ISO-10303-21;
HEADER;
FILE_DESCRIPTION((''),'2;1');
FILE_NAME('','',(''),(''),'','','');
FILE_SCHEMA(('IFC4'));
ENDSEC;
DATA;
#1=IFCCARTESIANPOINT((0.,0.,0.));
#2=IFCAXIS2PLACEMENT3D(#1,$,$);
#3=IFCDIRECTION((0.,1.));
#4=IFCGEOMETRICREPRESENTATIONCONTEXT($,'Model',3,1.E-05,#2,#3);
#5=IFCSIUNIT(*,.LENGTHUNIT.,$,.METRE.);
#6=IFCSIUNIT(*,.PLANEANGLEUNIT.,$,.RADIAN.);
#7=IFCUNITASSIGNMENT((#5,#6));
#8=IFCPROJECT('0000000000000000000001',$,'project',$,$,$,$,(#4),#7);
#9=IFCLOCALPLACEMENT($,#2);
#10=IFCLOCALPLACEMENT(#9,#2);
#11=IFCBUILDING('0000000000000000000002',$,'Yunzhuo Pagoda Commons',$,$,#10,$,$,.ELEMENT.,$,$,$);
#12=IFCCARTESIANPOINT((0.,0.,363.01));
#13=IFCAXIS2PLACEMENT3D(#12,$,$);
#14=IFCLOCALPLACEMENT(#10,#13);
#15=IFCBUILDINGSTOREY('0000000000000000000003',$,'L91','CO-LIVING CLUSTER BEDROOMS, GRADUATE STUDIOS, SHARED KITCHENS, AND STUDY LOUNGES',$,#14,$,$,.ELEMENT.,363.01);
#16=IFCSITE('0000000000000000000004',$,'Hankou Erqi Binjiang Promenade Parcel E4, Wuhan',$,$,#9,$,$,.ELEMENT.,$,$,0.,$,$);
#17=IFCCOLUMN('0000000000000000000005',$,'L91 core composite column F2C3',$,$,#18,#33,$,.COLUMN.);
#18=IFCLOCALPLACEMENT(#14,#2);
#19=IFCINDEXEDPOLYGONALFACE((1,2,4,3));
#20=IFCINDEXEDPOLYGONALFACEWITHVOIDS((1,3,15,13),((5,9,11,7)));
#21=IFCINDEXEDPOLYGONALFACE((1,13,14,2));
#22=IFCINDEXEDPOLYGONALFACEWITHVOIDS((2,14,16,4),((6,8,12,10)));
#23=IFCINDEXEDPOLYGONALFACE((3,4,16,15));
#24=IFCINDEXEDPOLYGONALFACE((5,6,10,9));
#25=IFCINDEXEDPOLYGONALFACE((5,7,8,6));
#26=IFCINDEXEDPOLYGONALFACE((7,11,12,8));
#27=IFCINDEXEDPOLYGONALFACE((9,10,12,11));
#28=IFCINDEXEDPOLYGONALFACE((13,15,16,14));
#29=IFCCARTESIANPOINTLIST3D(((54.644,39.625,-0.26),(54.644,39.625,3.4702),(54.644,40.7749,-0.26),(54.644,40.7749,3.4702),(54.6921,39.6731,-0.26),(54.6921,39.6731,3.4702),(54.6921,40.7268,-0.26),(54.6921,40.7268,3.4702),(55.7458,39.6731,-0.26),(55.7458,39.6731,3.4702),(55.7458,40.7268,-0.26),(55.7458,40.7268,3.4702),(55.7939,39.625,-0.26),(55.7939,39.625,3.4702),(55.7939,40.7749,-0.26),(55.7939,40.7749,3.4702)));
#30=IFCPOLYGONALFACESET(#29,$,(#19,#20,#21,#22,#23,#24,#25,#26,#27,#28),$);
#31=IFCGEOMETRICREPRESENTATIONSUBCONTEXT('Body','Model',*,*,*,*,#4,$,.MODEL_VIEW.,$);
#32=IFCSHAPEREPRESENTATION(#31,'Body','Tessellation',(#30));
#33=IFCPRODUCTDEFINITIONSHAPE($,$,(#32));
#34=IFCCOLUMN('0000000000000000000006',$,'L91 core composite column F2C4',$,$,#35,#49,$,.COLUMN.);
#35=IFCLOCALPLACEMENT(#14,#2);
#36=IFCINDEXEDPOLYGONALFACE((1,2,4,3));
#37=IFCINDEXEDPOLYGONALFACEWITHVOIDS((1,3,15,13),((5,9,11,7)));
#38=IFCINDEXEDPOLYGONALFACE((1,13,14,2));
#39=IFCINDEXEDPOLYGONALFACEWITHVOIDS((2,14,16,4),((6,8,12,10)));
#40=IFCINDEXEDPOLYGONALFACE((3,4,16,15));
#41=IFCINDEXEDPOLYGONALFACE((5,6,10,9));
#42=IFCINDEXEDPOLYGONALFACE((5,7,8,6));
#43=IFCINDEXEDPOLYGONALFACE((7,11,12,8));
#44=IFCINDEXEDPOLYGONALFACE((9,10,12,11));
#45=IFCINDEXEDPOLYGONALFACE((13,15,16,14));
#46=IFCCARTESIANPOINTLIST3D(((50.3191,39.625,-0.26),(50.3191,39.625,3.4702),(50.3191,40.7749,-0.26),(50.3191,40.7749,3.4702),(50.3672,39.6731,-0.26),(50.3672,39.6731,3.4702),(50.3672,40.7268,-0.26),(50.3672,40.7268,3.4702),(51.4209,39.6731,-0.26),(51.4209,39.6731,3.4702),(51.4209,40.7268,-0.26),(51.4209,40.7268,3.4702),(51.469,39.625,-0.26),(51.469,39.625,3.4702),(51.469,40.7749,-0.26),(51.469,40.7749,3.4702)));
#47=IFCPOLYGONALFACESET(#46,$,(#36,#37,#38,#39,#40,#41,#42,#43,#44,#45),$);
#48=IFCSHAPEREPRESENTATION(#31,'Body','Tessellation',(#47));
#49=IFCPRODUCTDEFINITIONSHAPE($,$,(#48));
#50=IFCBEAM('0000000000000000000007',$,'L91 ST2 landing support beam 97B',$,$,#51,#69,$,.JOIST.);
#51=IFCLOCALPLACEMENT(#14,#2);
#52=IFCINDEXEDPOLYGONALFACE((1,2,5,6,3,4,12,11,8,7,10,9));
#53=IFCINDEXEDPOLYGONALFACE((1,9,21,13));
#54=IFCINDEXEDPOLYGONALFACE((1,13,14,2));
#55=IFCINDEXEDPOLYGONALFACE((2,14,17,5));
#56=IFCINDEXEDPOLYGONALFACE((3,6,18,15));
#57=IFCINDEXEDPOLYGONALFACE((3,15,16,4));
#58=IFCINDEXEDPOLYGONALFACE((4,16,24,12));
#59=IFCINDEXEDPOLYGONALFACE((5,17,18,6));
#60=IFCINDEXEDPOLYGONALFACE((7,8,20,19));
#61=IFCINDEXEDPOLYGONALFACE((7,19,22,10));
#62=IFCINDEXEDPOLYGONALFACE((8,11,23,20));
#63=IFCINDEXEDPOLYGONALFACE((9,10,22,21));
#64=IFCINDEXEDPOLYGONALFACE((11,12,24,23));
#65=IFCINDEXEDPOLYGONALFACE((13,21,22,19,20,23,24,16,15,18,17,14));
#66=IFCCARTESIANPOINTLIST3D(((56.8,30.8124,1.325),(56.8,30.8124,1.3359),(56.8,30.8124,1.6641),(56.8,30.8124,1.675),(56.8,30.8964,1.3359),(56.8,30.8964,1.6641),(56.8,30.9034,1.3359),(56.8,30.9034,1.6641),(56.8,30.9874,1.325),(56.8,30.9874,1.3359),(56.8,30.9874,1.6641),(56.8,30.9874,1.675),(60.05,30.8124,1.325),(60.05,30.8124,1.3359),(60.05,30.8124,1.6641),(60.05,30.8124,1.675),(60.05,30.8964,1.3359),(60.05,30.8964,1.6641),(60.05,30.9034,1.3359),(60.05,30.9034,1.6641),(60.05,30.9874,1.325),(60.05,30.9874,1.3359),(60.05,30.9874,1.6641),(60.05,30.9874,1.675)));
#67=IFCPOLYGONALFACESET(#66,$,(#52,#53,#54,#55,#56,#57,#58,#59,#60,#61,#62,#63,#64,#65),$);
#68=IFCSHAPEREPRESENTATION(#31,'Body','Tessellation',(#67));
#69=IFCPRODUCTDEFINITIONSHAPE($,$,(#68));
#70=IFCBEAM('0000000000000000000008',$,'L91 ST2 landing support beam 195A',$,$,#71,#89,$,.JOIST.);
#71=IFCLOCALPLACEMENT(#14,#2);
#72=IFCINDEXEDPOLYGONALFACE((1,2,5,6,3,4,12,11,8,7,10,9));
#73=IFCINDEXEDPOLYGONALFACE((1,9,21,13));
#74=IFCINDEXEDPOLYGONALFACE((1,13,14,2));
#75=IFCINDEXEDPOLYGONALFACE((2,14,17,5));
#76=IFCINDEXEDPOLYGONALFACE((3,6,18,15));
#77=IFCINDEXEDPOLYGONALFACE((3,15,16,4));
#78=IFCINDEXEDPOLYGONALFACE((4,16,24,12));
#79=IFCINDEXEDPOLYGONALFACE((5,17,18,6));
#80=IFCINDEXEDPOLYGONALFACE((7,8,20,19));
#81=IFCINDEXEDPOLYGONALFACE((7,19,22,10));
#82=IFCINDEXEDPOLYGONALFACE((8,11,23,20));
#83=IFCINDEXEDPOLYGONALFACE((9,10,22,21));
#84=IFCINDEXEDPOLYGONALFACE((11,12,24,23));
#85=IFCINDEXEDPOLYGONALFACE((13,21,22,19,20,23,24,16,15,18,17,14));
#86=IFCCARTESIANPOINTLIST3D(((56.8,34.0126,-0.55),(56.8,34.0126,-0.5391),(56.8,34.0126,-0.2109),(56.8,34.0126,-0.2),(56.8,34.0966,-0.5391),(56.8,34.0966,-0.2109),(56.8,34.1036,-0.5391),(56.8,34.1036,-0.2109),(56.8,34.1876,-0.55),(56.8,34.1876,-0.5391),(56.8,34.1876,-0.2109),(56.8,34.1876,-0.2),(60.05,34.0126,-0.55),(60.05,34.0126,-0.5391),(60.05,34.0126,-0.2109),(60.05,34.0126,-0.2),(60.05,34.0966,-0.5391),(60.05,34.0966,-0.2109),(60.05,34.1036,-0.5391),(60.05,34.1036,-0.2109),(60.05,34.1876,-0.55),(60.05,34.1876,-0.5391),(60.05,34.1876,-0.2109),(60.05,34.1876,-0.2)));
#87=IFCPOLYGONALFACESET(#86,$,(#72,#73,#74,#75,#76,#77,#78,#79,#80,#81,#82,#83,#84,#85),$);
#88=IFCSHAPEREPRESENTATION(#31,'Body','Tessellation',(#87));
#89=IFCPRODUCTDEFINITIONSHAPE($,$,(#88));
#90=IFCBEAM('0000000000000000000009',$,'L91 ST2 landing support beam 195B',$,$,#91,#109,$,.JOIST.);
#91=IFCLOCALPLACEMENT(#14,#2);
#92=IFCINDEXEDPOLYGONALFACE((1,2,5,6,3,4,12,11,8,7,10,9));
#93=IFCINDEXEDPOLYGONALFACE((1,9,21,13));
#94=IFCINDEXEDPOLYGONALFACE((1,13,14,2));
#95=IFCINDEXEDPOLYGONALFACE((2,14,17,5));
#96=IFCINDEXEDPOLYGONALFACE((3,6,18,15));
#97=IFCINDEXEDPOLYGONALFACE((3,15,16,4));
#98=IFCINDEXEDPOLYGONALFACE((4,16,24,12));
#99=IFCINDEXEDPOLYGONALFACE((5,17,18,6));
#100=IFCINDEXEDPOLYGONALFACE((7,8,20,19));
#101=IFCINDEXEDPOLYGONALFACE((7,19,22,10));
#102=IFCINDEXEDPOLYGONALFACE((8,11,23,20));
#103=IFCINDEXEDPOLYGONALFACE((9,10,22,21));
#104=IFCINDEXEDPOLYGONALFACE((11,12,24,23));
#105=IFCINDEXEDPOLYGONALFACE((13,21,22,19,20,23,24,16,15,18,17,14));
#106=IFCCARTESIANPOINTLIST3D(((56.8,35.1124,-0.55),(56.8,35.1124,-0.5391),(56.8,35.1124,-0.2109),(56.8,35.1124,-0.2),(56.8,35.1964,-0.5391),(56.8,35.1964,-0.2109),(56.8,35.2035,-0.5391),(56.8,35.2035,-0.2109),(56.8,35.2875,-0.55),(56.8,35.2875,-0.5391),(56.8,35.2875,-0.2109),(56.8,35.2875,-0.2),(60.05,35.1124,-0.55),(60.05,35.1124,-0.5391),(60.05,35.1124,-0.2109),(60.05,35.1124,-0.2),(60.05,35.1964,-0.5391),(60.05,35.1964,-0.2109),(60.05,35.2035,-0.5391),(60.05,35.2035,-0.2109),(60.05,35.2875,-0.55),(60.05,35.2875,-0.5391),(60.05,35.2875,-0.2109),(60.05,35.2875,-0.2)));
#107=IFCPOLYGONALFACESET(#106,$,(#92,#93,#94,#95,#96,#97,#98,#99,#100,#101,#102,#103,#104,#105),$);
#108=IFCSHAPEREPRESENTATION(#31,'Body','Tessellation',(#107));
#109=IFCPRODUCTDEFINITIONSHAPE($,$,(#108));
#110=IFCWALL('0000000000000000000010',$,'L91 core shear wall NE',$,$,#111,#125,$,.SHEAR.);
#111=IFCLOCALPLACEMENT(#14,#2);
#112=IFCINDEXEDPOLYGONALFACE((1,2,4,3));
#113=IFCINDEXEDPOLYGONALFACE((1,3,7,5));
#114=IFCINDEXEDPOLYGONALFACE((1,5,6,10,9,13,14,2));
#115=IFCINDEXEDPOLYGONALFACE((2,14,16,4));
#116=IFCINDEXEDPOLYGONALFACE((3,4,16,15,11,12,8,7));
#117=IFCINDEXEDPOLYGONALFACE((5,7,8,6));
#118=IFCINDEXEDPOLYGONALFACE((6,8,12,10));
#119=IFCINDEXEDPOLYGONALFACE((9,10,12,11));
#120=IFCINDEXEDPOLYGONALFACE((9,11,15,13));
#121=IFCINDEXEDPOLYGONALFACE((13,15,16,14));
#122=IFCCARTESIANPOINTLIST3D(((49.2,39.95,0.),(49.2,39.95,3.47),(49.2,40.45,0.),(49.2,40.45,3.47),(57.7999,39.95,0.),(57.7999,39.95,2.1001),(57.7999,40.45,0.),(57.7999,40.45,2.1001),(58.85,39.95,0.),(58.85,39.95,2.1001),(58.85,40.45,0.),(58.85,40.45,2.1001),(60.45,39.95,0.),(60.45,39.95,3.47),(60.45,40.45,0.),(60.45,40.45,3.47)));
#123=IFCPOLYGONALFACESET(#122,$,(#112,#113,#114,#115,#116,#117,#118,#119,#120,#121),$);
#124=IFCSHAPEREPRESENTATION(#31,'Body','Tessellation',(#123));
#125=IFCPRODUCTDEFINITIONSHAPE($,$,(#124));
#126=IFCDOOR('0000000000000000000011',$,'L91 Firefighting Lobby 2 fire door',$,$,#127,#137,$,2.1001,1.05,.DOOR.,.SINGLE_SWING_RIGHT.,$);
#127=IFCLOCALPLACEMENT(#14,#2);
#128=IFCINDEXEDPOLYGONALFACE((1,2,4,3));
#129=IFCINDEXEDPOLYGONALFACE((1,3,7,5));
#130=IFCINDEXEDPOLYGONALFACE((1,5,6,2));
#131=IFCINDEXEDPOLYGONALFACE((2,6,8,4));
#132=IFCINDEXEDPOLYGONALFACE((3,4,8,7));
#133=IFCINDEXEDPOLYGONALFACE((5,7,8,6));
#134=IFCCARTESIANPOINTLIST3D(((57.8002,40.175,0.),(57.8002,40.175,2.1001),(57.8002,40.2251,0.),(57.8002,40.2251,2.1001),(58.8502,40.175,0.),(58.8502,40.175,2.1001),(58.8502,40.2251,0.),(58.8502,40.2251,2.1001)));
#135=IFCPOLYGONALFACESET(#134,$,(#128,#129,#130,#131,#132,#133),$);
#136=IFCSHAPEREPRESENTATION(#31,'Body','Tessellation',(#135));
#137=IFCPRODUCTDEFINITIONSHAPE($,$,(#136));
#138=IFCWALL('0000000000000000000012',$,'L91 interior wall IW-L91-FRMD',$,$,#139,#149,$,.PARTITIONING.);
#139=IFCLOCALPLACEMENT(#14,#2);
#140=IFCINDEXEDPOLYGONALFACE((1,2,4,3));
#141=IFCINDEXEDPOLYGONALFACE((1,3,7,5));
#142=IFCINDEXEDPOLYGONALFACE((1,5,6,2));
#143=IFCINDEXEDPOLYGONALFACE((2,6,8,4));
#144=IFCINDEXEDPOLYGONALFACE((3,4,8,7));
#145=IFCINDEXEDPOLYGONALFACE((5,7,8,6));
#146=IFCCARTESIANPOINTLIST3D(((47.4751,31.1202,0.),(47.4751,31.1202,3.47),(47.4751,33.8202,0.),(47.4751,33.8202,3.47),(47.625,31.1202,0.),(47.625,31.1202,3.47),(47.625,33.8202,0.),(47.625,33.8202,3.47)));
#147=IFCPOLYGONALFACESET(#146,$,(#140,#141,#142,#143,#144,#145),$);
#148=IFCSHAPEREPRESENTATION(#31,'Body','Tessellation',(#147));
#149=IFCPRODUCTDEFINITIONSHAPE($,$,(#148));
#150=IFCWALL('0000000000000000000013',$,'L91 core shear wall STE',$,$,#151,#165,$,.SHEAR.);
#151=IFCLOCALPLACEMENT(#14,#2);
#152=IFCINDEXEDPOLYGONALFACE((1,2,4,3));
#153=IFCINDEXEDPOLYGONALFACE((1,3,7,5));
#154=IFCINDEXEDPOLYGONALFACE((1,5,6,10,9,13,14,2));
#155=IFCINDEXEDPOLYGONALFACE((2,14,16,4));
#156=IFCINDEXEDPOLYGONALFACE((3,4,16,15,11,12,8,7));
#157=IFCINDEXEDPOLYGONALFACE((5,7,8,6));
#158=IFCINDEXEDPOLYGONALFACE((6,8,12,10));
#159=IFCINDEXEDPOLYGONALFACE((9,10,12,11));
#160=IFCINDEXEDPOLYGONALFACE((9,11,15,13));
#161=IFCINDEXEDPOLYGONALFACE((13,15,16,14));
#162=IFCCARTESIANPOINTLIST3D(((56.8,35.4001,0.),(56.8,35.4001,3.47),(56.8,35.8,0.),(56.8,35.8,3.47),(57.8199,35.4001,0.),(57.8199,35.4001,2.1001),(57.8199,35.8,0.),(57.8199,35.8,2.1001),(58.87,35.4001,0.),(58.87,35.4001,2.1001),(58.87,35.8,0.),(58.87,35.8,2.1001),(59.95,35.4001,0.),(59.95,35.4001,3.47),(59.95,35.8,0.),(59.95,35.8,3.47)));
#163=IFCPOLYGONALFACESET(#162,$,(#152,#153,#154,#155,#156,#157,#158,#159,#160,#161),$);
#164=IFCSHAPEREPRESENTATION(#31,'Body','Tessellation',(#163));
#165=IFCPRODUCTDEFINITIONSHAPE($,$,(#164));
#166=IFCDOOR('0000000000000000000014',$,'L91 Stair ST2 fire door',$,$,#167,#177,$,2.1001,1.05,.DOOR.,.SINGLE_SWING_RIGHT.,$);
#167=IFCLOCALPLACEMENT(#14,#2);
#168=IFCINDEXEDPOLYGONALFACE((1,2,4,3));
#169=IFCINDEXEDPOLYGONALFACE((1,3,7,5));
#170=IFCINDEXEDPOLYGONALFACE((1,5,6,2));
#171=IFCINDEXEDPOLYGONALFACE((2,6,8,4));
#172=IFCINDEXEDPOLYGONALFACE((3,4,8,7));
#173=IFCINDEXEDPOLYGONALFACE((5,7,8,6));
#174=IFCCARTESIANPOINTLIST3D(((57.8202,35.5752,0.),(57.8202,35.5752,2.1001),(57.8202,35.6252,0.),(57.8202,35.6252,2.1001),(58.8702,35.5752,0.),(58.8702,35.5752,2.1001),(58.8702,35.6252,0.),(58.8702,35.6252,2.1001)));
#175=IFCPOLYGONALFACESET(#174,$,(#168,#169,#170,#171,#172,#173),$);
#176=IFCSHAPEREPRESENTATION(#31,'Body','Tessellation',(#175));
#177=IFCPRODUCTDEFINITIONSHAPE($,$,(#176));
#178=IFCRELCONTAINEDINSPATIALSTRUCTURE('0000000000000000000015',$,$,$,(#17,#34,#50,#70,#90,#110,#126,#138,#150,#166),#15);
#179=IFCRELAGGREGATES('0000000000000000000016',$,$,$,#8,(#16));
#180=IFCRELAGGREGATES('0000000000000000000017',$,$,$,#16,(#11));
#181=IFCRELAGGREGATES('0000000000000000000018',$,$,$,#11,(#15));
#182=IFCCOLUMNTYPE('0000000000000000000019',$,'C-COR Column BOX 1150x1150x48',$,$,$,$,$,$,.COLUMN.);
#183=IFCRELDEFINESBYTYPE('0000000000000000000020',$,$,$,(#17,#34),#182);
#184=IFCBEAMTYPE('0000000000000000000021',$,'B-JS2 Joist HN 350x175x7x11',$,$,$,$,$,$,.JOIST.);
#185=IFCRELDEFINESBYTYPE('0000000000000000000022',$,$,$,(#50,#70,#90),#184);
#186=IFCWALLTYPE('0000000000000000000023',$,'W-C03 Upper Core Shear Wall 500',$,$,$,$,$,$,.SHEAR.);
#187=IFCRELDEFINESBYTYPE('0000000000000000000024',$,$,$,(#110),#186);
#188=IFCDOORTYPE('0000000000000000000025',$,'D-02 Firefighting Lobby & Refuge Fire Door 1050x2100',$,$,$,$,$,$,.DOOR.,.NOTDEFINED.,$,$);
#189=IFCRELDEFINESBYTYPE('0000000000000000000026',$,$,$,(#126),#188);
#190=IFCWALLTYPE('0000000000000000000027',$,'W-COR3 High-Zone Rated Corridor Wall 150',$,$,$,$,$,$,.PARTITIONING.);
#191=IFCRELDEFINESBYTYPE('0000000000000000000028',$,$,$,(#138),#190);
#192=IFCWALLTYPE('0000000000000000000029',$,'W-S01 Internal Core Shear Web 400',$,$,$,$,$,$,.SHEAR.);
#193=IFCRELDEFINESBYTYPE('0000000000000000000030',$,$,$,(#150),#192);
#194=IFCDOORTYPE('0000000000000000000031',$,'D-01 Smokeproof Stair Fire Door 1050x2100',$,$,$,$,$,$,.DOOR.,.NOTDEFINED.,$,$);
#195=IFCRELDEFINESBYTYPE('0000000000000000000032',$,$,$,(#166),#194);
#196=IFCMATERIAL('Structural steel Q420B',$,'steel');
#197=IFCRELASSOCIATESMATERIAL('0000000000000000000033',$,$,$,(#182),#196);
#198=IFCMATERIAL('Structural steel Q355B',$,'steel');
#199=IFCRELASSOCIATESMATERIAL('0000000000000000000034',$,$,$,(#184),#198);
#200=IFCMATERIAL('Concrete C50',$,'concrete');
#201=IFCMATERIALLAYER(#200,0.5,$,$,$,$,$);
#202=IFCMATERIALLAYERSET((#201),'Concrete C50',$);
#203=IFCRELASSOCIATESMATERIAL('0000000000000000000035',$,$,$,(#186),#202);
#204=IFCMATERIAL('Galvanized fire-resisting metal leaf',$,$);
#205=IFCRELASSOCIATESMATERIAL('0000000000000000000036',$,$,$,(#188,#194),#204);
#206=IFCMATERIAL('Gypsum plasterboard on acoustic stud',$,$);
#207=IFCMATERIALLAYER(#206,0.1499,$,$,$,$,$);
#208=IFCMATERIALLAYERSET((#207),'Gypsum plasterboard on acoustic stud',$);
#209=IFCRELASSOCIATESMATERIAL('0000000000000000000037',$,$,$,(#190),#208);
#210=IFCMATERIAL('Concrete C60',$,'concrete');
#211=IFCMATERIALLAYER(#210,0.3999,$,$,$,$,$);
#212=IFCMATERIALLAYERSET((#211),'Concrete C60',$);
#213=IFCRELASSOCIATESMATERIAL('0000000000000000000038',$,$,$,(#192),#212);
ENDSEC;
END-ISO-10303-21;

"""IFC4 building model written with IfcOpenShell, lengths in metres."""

from ifc_helpers import new_model, si_unit, direction, frame, frame_2d, origin, origin_2d, place, context, subcontext, project, spatial, rectangle, hollow_rectangle, i_section, extrude, source, transform, mapped, material, layer, layer_set, material_profile, profile_set, type_object, element, fill, save


model = new_model("IFC4")

# Units and contexts
model_context = context("Model", 3, precision=1e-05, world=origin(), true_north=direction((0.0, 1.0)))
body_context = subcontext(model_context, "Body", "Model", "MODEL_VIEW")
ifc_project = project(units=[si_unit("LENGTHUNIT", "METRE"), si_unit("PLANEANGLEUNIT", "RADIAN")], contexts=[model_context])

# Site, building, storey
site_placement = place(None, origin())
site = spatial("IfcSite", under=ifc_project, at=site_placement, Name="Hankou Erqi Binjiang Promenade Parcel E4, Wuhan", CompositionType="ELEMENT", RefElevation=0.0)
building_placement = place(site_placement, origin())
building = spatial("IfcBuilding", under=site, at=building_placement, Name="Yunzhuo Pagoda Commons", CompositionType="ELEMENT")
storey_placement = place(building_placement, frame((0.0, 0.0, 363.01)))
storey = spatial("IfcBuildingStorey", under=building, at=storey_placement, Name="L91", Description="CO-LIVING CLUSTER BEDROOMS, GRADUATE STUDIOS, SHARED KITCHENS, AND STUDY LOUNGES", CompositionType="ELEMENT", Elevation=363.01)

# Columns
ifc_material_1 = material(Name="Structural steel Q420B", Category="steel")
ifc_material_profile_1 = material_profile(ifc_material_1, hollow_rectangle(XDim=1.1499, YDim=1.1499, WallThickness=0.0481, at=origin_2d()), Name="Structural steel Q420B")
ifc_profile_set_1 = profile_set([ifc_material_profile_1], Name="Structural steel Q420B")
column_type = type_object("IfcColumnType", Name="C-COR Column BOX 1150x1150x48", PredefinedType="COLUMN", material=ifc_profile_set_1)
shared_shape_1 = source(origin(), body_context, "Body", "SweptSolid", [
    extrude(hollow_rectangle(XDim=1.1499, YDim=1.1499, WallThickness=0.0481, at=origin_2d()), origin(), (0.0, 0.0, 1.0), 3.7302),
])
for number, where, z_axis, x_axis, name in (
    (1, (55.219, 40.2, -0.26), (0.0, 0.0, 1.0), (1.0, 0.0, 0.0), "L91 core composite column F2C3"),
    (2, (50.894, 40.2, -0.26), (0.0, 0.0, 1.0), (1.0, 0.0, 0.0), "L91 core composite column F2C4"),
):
    element("IfcColumn", number, at=place(storey_placement, frame(where, z_axis=z_axis, x_axis=x_axis)), inside=storey, type_object=column_type, Name=name, PredefinedType="COLUMN", context=body_context, shape_type="MappedRepresentation", body=[
        mapped(shared_shape_1, transform((0.0, 0.0, 0.0), scale=1.0)),
    ])

# Beams
ifc_material_2 = material(Name="Structural steel Q355B", Category="steel")
ifc_material_profile_2 = material_profile(ifc_material_2, i_section(OverallWidth=0.175, OverallDepth=0.3501, WebThickness=0.0071, FlangeThickness=0.011, at=origin_2d()), Name="Structural steel Q355B")
ifc_profile_set_2 = profile_set([ifc_material_profile_2], Name="Structural steel Q355B")
beam_type = type_object("IfcBeamType", Name="B-JS2 Joist HN 350x175x7x11", PredefinedType="JOIST", material=ifc_profile_set_2)
shared_shape_2 = source(origin(), body_context, "Body", "SweptSolid", [
    extrude(i_section(OverallWidth=0.175, OverallDepth=0.3501, WebThickness=0.0071, FlangeThickness=0.011, at=origin_2d()), origin(), (0.0, 0.0, 1.0), 3.25),
])
for number, where, z_axis, x_axis, name in (
    (3, (56.8, 30.8999, 1.5), (1.0, 0.0, 0.0), (0.0, 1.0, 0.0), "L91 ST2 landing support beam 97B"),
    (4, (56.8, 34.1001, -0.375), (1.0, 0.0, 0.0), (0.0, 1.0, 0.0), "L91 ST2 landing support beam 195A"),
    (5, (56.8, 35.2, -0.375), (1.0, 0.0, 0.0), (0.0, 1.0, 0.0), "L91 ST2 landing support beam 195B"),
):
    element("IfcBeam", number, at=place(storey_placement, frame(where, z_axis=z_axis, x_axis=x_axis)), inside=storey, type_object=beam_type, Name=name, PredefinedType="JOIST", context=body_context, shape_type="MappedRepresentation", body=[
        mapped(shared_shape_2, transform((0.0, 0.0, 0.0), scale=1.0)),
    ])

# Wall, opening, door
ifc_material_3 = material(Name="Concrete C50", Category="concrete")
ifc_layer_1 = layer(ifc_material_3, 0.5)
ifc_layer_set_1 = layer_set([ifc_layer_1], Name="Concrete C50")
wall_type_1 = type_object("IfcWallType", Name="W-C03 Upper Core Shear Wall 500", PredefinedType="SHEAR", material=ifc_layer_set_1)
wall_1_placement = place(storey_placement, frame((49.2, 40.2, 0.0), z_axis=(0.0, 0.0, 1.0), x_axis=(1.0, 0.0, 0.0)))
wall_1 = element("IfcWall", 6, at=wall_1_placement, inside=storey, type_object=wall_type_1, Name="L91 core shear wall NE", PredefinedType="SHEAR", context=body_context, shape_type="SweptSolid", body=[
    extrude(rectangle(XDim=11.25, YDim=0.5, at=frame_2d((5.625, 0.0))), origin(), (0.0, 0.0, 1.0), 3.47),
])
opening_1_placement = place(wall_1_placement, frame((8.6001, 0.0, 0.0)))
opening_1 = element("IfcOpeningElement", 7, at=opening_1_placement, cuts=wall_1, PredefinedType="OPENING", context=body_context, shape_type="SweptSolid", body=[
    extrude(rectangle(XDim=1.05, YDim=2.1001, at=frame_2d((0.5249, 1.05))), frame((0.0, 0.26, 0.0), z_axis=(0.0, -1.0, 0.0), x_axis=(1.0, 0.0, 0.0)), (0.0, 0.0, 1.0), 0.52),
])
ifc_material_4 = material(Name="Galvanized fire-resisting metal leaf")
door_type_1 = type_object("IfcDoorType", Name="D-02 Firefighting Lobby & Refuge Fire Door 1050x2100", OperationType="NOTDEFINED", PredefinedType="DOOR", material=ifc_material_4)
shared_shape_3 = source(origin(), body_context, "Body", "SweptSolid", [
    extrude(rectangle(XDim=1.05, YDim=2.1001, at=frame_2d((0.5249, 1.05))), frame((0.0, 0.0249, 0.0), z_axis=(0.0, -1.0, 0.0), x_axis=(1.0, 0.0, 0.0)), (0.0, 0.0, 1.0), 0.05),
])
door_1_placement = place(opening_1_placement, frame((1.05, 0.0, 0.0), z_axis=(0.0, 0.0, 1.0), x_axis=(-1.0, 0.0, 0.0)))
door_1 = element("IfcDoor", 8, at=door_1_placement, inside=storey, type_object=door_type_1, Name="L91 Firefighting Lobby 2 fire door", OperationType="SINGLE_SWING_RIGHT", OverallHeight=2.1001, OverallWidth=1.05, PredefinedType="DOOR", context=body_context, shape_type="MappedRepresentation", body=[
    mapped(shared_shape_3, transform((0.0, 0.0, 0.0), scale=1.0)),
])
fill(opening_1, door_1)

# Wall
ifc_material_5 = material(Name="Gypsum plasterboard on acoustic stud")
ifc_layer_2 = layer(ifc_material_5, 0.1499)
ifc_layer_set_2 = layer_set([ifc_layer_2], Name="Gypsum plasterboard on acoustic stud")
wall_type_2 = type_object("IfcWallType", Name="W-COR3 High-Zone Rated Corridor Wall 150", PredefinedType="PARTITIONING", material=ifc_layer_set_2)
wall_2_placement = place(storey_placement, frame((47.55, 31.1201, 0.0), z_axis=(0.0, 0.0, 1.0), x_axis=(0.0, 1.0, 0.0)))
element("IfcWall", 9, at=wall_2_placement, inside=storey, type_object=wall_type_2, Name="L91 interior wall IW-L91-FRMD", PredefinedType="PARTITIONING", context=body_context, shape_type="SweptSolid", body=[
    extrude(rectangle(XDim=2.7, YDim=0.1499, at=frame_2d((1.3501, 0.0))), origin(), (0.0, 0.0, 1.0), 3.47),
])

# Wall, opening, door
ifc_material_6 = material(Name="Concrete C60", Category="concrete")
ifc_layer_3 = layer(ifc_material_6, 0.3999)
ifc_layer_set_3 = layer_set([ifc_layer_3], Name="Concrete C60")
wall_type_3 = type_object("IfcWallType", Name="W-S01 Internal Core Shear Web 400", PredefinedType="SHEAR", material=ifc_layer_set_3)
wall_3_placement = place(storey_placement, frame((56.8, 35.6001, 0.0), z_axis=(0.0, 0.0, 1.0), x_axis=(1.0, 0.0, 0.0)))
wall_3 = element("IfcWall", 10, at=wall_3_placement, inside=storey, type_object=wall_type_3, Name="L91 core shear wall STE", PredefinedType="SHEAR", context=body_context, shape_type="SweptSolid", body=[
    extrude(rectangle(XDim=3.1499, YDim=0.3999, at=frame_2d((1.575, 0.0))), origin(), (0.0, 0.0, 1.0), 3.47),
])
opening_2_placement = place(wall_3_placement, frame((1.02, 0.0, 0.0)))
opening_2 = element("IfcOpeningElement", 11, at=opening_2_placement, cuts=wall_3, PredefinedType="OPENING", context=body_context, shape_type="SweptSolid", body=[
    extrude(rectangle(XDim=1.05, YDim=2.1001, at=frame_2d((0.5249, 1.05))), frame((0.0, 0.21, 0.0), z_axis=(0.0, -1.0, 0.0), x_axis=(1.0, 0.0, 0.0)), (0.0, 0.0, 1.0), 0.4199),
])
door_type_2 = type_object("IfcDoorType", Name="D-01 Smokeproof Stair Fire Door 1050x2100", OperationType="NOTDEFINED", PredefinedType="DOOR", material=ifc_material_4)
door_2_placement = place(opening_2_placement, frame((1.05, 0.0, 0.0), z_axis=(0.0, 0.0, 1.0), x_axis=(-1.0, 0.0, 0.0)))
door_2 = element("IfcDoor", 12, at=door_2_placement, inside=storey, type_object=door_type_2, Name="L91 Stair ST2 fire door", OperationType="SINGLE_SWING_RIGHT", OverallHeight=2.1001, OverallWidth=1.05, PredefinedType="DOOR", context=body_context, shape_type="MappedRepresentation", body=[
    mapped(shared_shape_3, transform((0.0, 0.0, 0.0), scale=1.0)),
])
fill(opening_2, door_2)

save(model, "model.ifc")
